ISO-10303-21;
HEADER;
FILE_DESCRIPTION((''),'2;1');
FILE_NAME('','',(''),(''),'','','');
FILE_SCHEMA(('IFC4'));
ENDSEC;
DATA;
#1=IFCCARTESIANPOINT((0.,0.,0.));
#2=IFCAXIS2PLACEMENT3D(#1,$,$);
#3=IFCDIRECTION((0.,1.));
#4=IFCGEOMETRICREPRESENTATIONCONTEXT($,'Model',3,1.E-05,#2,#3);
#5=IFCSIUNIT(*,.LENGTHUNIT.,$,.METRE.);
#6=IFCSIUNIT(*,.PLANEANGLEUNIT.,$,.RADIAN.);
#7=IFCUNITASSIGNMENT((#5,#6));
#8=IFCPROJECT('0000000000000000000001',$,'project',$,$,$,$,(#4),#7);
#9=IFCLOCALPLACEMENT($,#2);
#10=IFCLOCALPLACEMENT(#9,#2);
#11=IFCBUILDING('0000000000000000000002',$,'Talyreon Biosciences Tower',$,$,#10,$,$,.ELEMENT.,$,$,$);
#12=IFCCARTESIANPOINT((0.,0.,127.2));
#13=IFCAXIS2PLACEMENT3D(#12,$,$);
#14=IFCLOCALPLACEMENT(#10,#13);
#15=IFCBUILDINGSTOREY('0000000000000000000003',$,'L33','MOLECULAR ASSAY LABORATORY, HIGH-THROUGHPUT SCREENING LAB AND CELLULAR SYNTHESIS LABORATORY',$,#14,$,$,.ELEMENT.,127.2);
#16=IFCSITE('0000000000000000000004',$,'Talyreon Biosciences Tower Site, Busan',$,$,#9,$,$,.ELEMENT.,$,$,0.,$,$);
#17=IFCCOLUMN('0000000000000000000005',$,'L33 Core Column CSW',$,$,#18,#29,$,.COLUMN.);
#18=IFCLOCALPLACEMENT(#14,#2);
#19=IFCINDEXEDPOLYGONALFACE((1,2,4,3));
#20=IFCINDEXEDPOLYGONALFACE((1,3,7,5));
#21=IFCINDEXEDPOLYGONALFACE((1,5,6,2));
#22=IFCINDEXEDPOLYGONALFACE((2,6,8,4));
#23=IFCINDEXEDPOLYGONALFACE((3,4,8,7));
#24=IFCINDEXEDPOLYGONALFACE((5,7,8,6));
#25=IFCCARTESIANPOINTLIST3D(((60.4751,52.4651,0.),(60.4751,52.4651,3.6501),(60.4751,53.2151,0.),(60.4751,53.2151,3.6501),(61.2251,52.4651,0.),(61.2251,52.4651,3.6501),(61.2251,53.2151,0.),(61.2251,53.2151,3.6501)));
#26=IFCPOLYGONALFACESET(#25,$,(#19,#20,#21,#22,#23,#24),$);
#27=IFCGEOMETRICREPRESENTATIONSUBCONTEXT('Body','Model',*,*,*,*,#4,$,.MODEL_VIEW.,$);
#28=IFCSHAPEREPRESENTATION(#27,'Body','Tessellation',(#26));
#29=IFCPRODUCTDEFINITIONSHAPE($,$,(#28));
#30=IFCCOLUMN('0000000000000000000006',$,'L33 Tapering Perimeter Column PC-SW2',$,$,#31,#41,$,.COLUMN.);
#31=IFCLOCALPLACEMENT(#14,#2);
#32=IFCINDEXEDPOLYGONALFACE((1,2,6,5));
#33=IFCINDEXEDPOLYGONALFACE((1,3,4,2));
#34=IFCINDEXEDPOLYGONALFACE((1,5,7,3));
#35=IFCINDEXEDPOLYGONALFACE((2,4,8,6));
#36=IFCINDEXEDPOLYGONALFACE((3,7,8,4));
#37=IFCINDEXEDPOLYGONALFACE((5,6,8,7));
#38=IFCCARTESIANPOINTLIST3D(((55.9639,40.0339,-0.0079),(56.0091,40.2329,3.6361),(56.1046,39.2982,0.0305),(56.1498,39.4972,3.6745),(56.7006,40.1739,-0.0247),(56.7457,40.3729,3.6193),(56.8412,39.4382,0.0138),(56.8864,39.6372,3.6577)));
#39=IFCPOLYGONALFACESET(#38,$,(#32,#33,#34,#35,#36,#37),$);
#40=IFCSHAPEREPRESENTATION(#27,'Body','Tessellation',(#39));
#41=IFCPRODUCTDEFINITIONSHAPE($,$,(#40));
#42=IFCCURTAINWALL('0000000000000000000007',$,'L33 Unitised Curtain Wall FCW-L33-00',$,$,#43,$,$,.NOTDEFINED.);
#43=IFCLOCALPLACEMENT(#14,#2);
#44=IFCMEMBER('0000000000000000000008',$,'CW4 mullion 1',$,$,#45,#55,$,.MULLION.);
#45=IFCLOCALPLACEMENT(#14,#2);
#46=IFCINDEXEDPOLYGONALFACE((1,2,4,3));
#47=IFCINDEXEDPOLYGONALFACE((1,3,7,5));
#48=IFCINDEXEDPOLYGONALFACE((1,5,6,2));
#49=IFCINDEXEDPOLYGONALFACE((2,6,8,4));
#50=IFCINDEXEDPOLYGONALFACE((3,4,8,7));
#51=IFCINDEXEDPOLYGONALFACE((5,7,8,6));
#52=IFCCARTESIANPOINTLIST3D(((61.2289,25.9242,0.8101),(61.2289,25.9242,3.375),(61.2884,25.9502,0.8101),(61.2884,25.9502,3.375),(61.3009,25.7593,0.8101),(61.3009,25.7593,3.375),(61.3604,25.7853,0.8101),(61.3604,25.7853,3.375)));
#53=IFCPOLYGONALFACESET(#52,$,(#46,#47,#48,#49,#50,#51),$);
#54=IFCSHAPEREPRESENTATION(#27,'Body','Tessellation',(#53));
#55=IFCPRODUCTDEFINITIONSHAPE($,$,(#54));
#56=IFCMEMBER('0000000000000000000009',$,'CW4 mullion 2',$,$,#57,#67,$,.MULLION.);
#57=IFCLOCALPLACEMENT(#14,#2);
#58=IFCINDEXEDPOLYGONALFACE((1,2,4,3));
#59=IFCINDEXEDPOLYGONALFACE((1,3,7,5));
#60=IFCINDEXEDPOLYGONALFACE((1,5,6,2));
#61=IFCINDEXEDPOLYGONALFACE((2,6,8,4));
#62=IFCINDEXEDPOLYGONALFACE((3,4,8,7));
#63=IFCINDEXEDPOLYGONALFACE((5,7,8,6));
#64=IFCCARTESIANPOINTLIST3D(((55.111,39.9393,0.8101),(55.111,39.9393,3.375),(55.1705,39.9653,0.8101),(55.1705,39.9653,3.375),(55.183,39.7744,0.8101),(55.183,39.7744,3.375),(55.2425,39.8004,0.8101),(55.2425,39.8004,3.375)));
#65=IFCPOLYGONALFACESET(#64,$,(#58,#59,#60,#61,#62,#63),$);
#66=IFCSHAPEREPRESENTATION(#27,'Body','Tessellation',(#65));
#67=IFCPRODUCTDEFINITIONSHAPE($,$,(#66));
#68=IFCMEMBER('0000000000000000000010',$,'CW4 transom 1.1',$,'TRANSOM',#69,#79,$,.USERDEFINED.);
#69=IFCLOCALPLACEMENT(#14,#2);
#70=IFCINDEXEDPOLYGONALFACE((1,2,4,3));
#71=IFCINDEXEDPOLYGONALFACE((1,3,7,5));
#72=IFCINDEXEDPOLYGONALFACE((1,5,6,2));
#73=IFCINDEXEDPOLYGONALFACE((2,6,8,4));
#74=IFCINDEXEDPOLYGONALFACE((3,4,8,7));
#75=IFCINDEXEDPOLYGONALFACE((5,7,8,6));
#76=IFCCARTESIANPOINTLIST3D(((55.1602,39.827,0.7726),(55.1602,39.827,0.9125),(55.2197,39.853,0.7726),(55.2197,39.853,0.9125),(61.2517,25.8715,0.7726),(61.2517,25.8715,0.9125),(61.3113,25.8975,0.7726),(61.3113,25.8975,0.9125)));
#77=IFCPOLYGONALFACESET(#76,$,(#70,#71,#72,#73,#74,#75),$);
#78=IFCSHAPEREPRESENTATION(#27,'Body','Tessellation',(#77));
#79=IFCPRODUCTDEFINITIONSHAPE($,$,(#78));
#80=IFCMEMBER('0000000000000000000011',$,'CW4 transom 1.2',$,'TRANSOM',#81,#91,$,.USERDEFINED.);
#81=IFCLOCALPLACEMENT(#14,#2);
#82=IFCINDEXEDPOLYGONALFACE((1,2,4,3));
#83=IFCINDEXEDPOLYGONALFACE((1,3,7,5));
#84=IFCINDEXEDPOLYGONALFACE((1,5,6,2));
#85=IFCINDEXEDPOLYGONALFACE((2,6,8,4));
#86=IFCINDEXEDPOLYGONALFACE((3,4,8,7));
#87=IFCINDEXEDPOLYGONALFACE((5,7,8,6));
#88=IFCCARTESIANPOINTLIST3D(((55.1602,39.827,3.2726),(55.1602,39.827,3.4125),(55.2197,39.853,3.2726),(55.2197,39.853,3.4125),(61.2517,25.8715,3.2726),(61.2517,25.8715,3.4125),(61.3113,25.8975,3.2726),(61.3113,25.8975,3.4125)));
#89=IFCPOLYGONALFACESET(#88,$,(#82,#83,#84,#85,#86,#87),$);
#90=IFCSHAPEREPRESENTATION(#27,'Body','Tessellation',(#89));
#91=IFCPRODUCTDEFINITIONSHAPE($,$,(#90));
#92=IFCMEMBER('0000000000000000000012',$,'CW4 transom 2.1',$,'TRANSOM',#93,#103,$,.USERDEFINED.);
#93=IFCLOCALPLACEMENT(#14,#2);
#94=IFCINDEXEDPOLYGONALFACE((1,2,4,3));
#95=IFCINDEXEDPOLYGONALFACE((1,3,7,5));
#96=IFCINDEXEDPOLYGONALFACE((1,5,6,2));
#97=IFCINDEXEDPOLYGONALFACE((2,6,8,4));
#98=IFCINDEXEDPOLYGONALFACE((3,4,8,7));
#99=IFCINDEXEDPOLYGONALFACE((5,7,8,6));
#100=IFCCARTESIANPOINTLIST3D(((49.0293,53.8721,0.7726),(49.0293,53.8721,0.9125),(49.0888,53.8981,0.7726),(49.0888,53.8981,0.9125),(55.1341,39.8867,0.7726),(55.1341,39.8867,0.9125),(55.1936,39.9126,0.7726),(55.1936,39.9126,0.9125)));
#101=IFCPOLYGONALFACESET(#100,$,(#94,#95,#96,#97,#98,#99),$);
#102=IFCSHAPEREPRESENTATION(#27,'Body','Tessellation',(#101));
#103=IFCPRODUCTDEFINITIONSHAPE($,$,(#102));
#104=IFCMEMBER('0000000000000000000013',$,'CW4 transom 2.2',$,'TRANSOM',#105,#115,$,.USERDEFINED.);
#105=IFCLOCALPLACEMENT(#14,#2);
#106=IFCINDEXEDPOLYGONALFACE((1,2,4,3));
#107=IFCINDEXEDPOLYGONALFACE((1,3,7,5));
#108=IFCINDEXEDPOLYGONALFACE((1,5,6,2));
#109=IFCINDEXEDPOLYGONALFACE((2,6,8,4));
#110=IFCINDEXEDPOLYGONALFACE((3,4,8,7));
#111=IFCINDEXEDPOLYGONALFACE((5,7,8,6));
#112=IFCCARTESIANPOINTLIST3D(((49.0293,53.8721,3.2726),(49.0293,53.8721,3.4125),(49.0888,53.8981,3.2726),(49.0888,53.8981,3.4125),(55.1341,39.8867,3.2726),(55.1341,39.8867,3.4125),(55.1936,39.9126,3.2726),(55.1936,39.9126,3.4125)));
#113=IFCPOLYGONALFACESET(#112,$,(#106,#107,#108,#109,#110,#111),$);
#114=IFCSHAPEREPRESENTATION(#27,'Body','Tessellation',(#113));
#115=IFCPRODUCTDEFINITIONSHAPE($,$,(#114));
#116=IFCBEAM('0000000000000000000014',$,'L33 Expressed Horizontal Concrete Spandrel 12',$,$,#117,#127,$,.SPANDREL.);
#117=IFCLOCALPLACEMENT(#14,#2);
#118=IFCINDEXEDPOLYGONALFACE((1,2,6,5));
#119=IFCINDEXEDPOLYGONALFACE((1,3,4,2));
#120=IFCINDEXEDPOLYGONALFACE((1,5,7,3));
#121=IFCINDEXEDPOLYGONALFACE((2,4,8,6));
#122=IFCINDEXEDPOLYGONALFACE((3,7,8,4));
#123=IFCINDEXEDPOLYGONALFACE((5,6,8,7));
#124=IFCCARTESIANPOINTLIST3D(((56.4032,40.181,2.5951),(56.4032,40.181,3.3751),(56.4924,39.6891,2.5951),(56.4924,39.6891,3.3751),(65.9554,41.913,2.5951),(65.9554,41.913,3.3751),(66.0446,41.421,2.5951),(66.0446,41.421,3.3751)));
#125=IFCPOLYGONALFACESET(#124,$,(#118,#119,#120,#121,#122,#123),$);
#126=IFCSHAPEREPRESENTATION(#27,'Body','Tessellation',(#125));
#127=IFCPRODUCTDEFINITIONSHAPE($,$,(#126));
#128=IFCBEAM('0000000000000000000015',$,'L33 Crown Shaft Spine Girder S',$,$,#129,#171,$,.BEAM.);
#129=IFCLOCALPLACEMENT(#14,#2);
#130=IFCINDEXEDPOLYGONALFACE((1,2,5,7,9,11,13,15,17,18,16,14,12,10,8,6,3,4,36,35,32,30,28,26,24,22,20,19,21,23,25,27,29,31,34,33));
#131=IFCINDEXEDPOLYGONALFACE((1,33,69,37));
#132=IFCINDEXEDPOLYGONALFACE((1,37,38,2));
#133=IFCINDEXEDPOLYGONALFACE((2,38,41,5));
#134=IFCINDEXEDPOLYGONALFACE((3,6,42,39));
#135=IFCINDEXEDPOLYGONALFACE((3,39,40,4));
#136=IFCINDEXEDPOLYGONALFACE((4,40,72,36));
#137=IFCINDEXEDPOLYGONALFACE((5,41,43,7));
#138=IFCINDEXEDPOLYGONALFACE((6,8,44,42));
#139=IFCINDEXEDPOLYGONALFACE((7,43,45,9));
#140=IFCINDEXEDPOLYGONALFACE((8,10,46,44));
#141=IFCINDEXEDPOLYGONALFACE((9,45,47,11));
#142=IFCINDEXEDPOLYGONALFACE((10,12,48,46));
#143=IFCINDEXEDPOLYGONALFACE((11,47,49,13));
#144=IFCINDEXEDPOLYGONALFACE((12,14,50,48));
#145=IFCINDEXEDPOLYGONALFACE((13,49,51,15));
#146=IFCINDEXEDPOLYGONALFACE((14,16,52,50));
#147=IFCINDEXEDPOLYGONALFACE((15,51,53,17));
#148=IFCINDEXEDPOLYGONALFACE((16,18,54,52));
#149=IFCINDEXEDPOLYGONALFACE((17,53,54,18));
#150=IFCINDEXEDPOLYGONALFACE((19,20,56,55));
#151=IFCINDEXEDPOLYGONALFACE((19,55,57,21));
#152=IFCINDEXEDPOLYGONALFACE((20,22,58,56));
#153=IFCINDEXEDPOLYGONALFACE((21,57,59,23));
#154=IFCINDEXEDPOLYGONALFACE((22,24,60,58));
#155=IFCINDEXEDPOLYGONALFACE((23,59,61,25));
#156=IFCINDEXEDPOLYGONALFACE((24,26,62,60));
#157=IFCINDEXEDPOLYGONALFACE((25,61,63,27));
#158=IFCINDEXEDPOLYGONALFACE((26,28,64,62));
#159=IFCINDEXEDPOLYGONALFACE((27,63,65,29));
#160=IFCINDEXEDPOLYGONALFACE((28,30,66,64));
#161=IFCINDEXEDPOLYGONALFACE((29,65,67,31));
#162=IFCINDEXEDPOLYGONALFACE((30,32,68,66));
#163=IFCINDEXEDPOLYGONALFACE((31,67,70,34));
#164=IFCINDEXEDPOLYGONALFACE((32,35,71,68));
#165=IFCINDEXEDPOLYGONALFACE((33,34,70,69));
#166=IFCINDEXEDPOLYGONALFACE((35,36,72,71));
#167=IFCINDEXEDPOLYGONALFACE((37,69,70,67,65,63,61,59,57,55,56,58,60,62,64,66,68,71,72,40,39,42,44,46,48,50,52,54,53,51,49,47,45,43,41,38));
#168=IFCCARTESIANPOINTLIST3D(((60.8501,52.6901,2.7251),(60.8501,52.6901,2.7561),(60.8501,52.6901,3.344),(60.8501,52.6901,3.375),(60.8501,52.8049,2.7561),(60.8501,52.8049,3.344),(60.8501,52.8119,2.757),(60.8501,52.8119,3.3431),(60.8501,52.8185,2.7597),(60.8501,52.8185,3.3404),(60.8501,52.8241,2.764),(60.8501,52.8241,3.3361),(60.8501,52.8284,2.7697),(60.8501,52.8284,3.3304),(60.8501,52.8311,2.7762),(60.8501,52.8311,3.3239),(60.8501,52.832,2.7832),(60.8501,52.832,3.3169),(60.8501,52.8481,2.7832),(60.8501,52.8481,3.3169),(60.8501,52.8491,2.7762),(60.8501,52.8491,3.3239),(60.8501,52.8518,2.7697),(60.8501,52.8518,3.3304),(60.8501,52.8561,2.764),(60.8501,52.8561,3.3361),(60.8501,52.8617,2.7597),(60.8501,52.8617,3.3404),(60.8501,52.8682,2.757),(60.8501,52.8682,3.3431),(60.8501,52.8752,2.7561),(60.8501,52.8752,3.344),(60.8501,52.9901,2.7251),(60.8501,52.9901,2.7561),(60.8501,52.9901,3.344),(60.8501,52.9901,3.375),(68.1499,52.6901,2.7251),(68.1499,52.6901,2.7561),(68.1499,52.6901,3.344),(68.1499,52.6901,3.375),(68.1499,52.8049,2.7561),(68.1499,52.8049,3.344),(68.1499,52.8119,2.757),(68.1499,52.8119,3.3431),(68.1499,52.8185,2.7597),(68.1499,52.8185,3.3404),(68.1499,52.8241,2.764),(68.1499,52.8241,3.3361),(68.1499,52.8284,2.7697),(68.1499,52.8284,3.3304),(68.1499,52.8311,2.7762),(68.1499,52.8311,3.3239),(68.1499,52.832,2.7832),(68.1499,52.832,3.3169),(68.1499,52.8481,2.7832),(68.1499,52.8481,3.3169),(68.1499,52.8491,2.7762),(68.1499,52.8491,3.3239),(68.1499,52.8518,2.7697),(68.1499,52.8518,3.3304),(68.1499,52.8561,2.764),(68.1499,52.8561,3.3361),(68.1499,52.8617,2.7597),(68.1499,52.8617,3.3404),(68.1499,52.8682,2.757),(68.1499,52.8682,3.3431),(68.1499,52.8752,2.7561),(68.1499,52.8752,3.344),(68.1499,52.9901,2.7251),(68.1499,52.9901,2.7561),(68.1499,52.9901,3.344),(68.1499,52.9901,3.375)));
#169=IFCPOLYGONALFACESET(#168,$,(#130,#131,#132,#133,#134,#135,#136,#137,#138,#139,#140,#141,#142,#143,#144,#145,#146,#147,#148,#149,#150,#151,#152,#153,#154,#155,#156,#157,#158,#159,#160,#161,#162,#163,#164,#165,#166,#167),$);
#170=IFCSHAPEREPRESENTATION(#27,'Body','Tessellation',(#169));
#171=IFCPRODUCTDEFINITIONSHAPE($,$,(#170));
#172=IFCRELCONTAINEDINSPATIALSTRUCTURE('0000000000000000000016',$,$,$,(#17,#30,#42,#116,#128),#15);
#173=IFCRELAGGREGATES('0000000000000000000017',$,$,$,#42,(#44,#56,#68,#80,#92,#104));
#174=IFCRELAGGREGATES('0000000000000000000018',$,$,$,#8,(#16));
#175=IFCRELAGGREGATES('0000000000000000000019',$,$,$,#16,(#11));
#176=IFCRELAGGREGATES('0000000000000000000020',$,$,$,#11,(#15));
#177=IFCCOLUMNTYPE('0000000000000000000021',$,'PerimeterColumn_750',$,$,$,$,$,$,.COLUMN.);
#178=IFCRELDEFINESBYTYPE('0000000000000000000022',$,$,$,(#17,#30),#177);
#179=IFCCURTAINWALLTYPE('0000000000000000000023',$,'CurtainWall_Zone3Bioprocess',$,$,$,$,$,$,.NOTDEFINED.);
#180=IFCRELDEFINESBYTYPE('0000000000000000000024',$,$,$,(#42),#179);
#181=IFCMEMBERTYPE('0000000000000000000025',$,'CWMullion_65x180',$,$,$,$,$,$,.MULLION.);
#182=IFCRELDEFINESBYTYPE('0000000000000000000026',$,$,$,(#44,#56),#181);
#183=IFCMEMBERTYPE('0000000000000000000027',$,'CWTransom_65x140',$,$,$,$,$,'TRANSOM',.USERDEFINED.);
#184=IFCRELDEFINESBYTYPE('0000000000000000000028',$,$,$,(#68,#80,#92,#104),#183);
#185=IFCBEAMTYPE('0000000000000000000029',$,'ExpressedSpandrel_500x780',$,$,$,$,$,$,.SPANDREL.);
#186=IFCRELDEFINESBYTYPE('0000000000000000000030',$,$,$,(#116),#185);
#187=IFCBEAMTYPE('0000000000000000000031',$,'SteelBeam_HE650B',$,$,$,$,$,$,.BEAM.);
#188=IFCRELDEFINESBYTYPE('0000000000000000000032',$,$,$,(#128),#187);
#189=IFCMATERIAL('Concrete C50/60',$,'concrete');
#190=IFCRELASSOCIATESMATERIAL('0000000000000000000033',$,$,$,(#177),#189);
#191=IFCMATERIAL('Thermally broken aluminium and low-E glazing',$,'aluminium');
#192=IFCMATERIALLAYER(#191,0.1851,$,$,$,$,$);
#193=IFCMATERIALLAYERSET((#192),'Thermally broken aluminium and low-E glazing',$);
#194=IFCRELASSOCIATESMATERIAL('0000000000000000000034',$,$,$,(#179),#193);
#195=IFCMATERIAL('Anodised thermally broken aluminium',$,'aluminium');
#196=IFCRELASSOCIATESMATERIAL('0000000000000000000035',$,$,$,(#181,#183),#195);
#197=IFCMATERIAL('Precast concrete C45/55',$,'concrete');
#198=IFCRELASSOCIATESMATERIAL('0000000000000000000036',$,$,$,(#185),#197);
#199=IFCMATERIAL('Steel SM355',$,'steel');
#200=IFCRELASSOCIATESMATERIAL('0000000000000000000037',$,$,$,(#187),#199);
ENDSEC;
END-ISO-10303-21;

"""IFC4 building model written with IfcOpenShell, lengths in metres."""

from ifc_helpers import new_model, si_unit, direction, frame, origin, origin_2d, place, context, subcontext, project, spatial, rectangle, i_section, extrude, material, layer, layer_set, material_profile, profile_set, type_object, element, aggregate, save


model = new_model("IFC4")

# Units and contexts
model_context = context("Model", 3, precision=1e-05, world=origin(), true_north=direction((0.0, 1.0)))
body_context = subcontext(model_context, "Body", "Model", "MODEL_VIEW")
ifc_project = project(units=[si_unit("LENGTHUNIT", "METRE"), si_unit("PLANEANGLEUNIT", "RADIAN")], contexts=[model_context])

# Site, building, storey
site_placement = place(None, origin())
site = spatial("IfcSite", under=ifc_project, at=site_placement, Name="Talyreon Biosciences Tower Site, Busan", CompositionType="ELEMENT", RefElevation=0.0)
building_placement = place(site_placement, origin())
building = spatial("IfcBuilding", under=site, at=building_placement, Name="Talyreon Biosciences Tower", CompositionType="ELEMENT")
storey_placement = place(building_placement, frame((0.0, 0.0, 127.2)))
storey = spatial("IfcBuildingStorey", under=building, at=storey_placement, Name="L33", Description="MOLECULAR ASSAY LABORATORY, HIGH-THROUGHPUT SCREENING LAB AND CELLULAR SYNTHESIS LABORATORY", CompositionType="ELEMENT", Elevation=127.2)

# Columns
ifc_material_1 = material(Name="Concrete C50/60", Category="concrete")
ifc_material_profile_1 = material_profile(ifc_material_1, rectangle(XDim=0.75, YDim=0.75, at=origin_2d()), Name="RC 750x750")
ifc_profile_set_1 = profile_set([ifc_material_profile_1], Name="Concrete C50/60")
column_type = type_object("IfcColumnType", Name="PerimeterColumn_750", PredefinedType="COLUMN", material=ifc_profile_set_1)
column_1_placement = place(storey_placement, frame((60.8501, 52.8401, 0.0), z_axis=(0.0, 0.0, 1.0), x_axis=(1.0, 0.0, 0.0)))
element("IfcColumn", 1, at=column_1_placement, inside=storey, type_object=column_type, Name="L33 Core Column CSW", PredefinedType="COLUMN", context=body_context, shape_type="SweptSolid", body=[
    extrude(rectangle(XDim=0.75, YDim=0.75, at=origin_2d()), origin(), (0.0, 0.0, 1.0), 3.6501),
])
column_2_placement = place(storey_placement, frame((56.4026, 39.7361, 0.0029), z_axis=(0.012375, 0.054517, 0.998436), x_axis=(-0.187577, 0.980913, -0.051236)))
element("IfcColumn", 2, at=column_2_placement, inside=storey, type_object=column_type, Name="L33 Tapering Perimeter Column PC-SW2", PredefinedType="COLUMN", context=body_context, shape_type="SweptSolid", body=[
    extrude(rectangle(XDim=0.75, YDim=0.75, at=origin_2d()), origin(), (0.0, 0.0, 1.0), 3.6497),
])

# Curtain wall, members
ifc_material_2 = material(Name="Thermally broken aluminium and low-E glazing", Category="aluminium")
ifc_layer_1 = layer(ifc_material_2, 0.1851)
ifc_layer_set_1 = layer_set([ifc_layer_1], Name="Thermally broken aluminium and low-E glazing")
curtain_wall_type = type_object("IfcCurtainWallType", Name="CurtainWall_Zone3Bioprocess", PredefinedType="NOTDEFINED", material=ifc_layer_set_1)
curtain_wall_placement = place(storey_placement, origin())
curtain_wall = element("IfcCurtainWall", 3, at=curtain_wall_placement, inside=storey, type_object=curtain_wall_type, Name="L33 Unitised Curtain Wall FCW-L33-00", PredefinedType="NOTDEFINED")
ifc_material_3 = material(Name="Anodised thermally broken aluminium", Category="aluminium")
ifc_material_profile_2 = material_profile(ifc_material_3, rectangle(XDim=0.0649, YDim=0.1799, at=origin_2d()), Name="ALUM MULLION 65x180")
ifc_profile_set_2 = profile_set([ifc_material_profile_2], Name="Anodised thermally broken aluminium")
member_type_1 = type_object("IfcMemberType", Name="CWMullion_65x180", PredefinedType="MULLION", material=ifc_profile_set_2)
member_1_placement = place(storey_placement, frame((61.2947, 25.8547, 0.8101), z_axis=(0.0, 0.0, 1.0), x_axis=(-0.91649, -0.400058, 0.0)))
member_1 = element("IfcMember", 4, at=member_1_placement, type_object=member_type_1, Name="CW4 mullion 1", PredefinedType="MULLION", context=body_context, shape_type="SweptSolid", body=[
    extrude(rectangle(XDim=0.0649, YDim=0.1799, at=origin_2d()), origin(), (0.0, 0.0, 1.0), 2.5649),
])
member_2_placement = place(storey_placement, frame((55.1768, 39.8699, 0.8101), z_axis=(0.0, 0.0, 1.0), x_axis=(-0.91649, -0.400058, 0.0)))
member_2 = element("IfcMember", 5, at=member_2_placement, type_object=member_type_1, Name="CW4 mullion 2", PredefinedType="MULLION", context=body_context, shape_type="SweptSolid", body=[
    extrude(rectangle(XDim=0.0649, YDim=0.1799, at=origin_2d()), origin(), (0.0, 0.0, 1.0), 2.5649),
])
ifc_material_profile_3 = material_profile(ifc_material_3, rectangle(XDim=0.0649, YDim=0.1399, at=origin_2d()), Name="ALUM TRANSOM 65x140")
ifc_profile_set_3 = profile_set([ifc_material_profile_3], Name="Anodised thermally broken aluminium")
member_type_2 = type_object("IfcMemberType", Name="CWTransom_65x140", ElementType="TRANSOM", PredefinedType="USERDEFINED", material=ifc_profile_set_3)
member_3_placement = place(storey_placement, frame((61.2815, 25.8845, 0.8425), z_axis=(-0.400047, 0.916495, 0.0), x_axis=(-0.916495, -0.400047, 0.0)))
member_3 = element("IfcMember", 6, at=member_3_placement, type_object=member_type_2, Name="CW4 transom 1.1", ObjectType="TRANSOM", PredefinedType="USERDEFINED", context=body_context, shape_type="SweptSolid", body=[
    extrude(rectangle(XDim=0.0649, YDim=0.1399, at=origin_2d()), origin(), (0.0, 0.0, 1.0), 15.2271),
])
member_4_placement = place(storey_placement, frame((61.2815, 25.8845, 3.3425), z_axis=(-0.400047, 0.916495, 0.0), x_axis=(-0.916495, -0.400047, 0.0)))
member_4 = element("IfcMember", 7, at=member_4_placement, type_object=member_type_2, Name="CW4 transom 1.2", ObjectType="TRANSOM", PredefinedType="USERDEFINED", context=body_context, shape_type="SweptSolid", body=[
    extrude(rectangle(XDim=0.0649, YDim=0.1399, at=origin_2d()), origin(), (0.0, 0.0, 1.0), 15.2271),
])
member_5_placement = place(storey_placement, frame((55.1638, 39.8997, 0.8425), z_axis=(-0.400057, 0.91649, 0.0), x_axis=(-0.91649, -0.400057, 0.0)))
member_5 = element("IfcMember", 8, at=member_5_placement, type_object=member_type_2, Name="CW4 transom 2.1", ObjectType="TRANSOM", PredefinedType="USERDEFINED", context=body_context, shape_type="SweptSolid", body=[
    extrude(rectangle(XDim=0.0649, YDim=0.1399, at=origin_2d()), origin(), (0.0, 0.0, 1.0), 15.2598),
])
member_6_placement = place(storey_placement, frame((55.1638, 39.8997, 3.3425), z_axis=(-0.400057, 0.91649, 0.0), x_axis=(-0.91649, -0.400057, 0.0)))
member_6 = element("IfcMember", 9, at=member_6_placement, type_object=member_type_2, Name="CW4 transom 2.2", ObjectType="TRANSOM", PredefinedType="USERDEFINED", context=body_context, shape_type="SweptSolid", body=[
    extrude(rectangle(XDim=0.0649, YDim=0.1399, at=origin_2d()), origin(), (0.0, 0.0, 1.0), 15.2598),
])

# Beams
ifc_material_4 = material(Name="Precast concrete C45/55", Category="concrete")
ifc_material_profile_4 = material_profile(ifc_material_4, rectangle(XDim=0.5, YDim=0.78, at=origin_2d()), Name="RCB 500x780")
ifc_profile_set_4 = profile_set([ifc_material_profile_4], Name="Precast concrete C45/55")
beam_type_1 = type_object("IfcBeamType", Name="ExpressedSpandrel_500x780", PredefinedType="SPANDREL", material=ifc_profile_set_4)
beam_1_placement = place(storey_placement, frame((56.4478, 39.9351, 2.9851), z_axis=(0.983958, 0.178403, 0.0), x_axis=(-0.178403, 0.983958, 0.0)))
element("IfcBeam", 10, at=beam_1_placement, inside=storey, type_object=beam_type_1, Name="L33 Expressed Horizontal Concrete Spandrel 12", PredefinedType="SPANDREL", context=body_context, shape_type="SweptSolid", body=[
    extrude(rectangle(XDim=0.5, YDim=0.78, at=origin_2d()), origin(), (0.0, 0.0, 1.0), 9.708),
])
ifc_material_5 = material(Name="Steel SM355", Category="steel")
ifc_material_profile_5 = material_profile(ifc_material_5, i_section(OverallWidth=0.3, OverallDepth=0.6499, WebThickness=0.0161, FlangeThickness=0.031, FilletRadius=0.0271, at=origin_2d()), Name="HE650B")
ifc_profile_set_5 = profile_set([ifc_material_profile_5], Name="Steel SM355")
beam_type_2 = type_object("IfcBeamType", Name="SteelBeam_HE650B", PredefinedType="BEAM", material=ifc_profile_set_5)
beam_2_placement = place(storey_placement, frame((60.8501, 52.8401, 3.05), z_axis=(1.0, 0.0, 0.0), x_axis=(0.0, 1.0, 0.0)))
element("IfcBeam", 11, at=beam_2_placement, inside=storey, type_object=beam_type_2, Name="L33 Crown Shaft Spine Girder S", PredefinedType="BEAM", context=body_context, shape_type="SweptSolid", body=[
    extrude(i_section(OverallWidth=0.3, OverallDepth=0.6499, WebThickness=0.0161, FlangeThickness=0.031, FilletRadius=0.0271, at=origin_2d()), origin(), (0.0, 0.0, 1.0), 7.2998),
])

aggregate(curtain_wall, [member_1, member_2, member_3, member_4, member_5, member_6])

save(model, "model.ifc")
